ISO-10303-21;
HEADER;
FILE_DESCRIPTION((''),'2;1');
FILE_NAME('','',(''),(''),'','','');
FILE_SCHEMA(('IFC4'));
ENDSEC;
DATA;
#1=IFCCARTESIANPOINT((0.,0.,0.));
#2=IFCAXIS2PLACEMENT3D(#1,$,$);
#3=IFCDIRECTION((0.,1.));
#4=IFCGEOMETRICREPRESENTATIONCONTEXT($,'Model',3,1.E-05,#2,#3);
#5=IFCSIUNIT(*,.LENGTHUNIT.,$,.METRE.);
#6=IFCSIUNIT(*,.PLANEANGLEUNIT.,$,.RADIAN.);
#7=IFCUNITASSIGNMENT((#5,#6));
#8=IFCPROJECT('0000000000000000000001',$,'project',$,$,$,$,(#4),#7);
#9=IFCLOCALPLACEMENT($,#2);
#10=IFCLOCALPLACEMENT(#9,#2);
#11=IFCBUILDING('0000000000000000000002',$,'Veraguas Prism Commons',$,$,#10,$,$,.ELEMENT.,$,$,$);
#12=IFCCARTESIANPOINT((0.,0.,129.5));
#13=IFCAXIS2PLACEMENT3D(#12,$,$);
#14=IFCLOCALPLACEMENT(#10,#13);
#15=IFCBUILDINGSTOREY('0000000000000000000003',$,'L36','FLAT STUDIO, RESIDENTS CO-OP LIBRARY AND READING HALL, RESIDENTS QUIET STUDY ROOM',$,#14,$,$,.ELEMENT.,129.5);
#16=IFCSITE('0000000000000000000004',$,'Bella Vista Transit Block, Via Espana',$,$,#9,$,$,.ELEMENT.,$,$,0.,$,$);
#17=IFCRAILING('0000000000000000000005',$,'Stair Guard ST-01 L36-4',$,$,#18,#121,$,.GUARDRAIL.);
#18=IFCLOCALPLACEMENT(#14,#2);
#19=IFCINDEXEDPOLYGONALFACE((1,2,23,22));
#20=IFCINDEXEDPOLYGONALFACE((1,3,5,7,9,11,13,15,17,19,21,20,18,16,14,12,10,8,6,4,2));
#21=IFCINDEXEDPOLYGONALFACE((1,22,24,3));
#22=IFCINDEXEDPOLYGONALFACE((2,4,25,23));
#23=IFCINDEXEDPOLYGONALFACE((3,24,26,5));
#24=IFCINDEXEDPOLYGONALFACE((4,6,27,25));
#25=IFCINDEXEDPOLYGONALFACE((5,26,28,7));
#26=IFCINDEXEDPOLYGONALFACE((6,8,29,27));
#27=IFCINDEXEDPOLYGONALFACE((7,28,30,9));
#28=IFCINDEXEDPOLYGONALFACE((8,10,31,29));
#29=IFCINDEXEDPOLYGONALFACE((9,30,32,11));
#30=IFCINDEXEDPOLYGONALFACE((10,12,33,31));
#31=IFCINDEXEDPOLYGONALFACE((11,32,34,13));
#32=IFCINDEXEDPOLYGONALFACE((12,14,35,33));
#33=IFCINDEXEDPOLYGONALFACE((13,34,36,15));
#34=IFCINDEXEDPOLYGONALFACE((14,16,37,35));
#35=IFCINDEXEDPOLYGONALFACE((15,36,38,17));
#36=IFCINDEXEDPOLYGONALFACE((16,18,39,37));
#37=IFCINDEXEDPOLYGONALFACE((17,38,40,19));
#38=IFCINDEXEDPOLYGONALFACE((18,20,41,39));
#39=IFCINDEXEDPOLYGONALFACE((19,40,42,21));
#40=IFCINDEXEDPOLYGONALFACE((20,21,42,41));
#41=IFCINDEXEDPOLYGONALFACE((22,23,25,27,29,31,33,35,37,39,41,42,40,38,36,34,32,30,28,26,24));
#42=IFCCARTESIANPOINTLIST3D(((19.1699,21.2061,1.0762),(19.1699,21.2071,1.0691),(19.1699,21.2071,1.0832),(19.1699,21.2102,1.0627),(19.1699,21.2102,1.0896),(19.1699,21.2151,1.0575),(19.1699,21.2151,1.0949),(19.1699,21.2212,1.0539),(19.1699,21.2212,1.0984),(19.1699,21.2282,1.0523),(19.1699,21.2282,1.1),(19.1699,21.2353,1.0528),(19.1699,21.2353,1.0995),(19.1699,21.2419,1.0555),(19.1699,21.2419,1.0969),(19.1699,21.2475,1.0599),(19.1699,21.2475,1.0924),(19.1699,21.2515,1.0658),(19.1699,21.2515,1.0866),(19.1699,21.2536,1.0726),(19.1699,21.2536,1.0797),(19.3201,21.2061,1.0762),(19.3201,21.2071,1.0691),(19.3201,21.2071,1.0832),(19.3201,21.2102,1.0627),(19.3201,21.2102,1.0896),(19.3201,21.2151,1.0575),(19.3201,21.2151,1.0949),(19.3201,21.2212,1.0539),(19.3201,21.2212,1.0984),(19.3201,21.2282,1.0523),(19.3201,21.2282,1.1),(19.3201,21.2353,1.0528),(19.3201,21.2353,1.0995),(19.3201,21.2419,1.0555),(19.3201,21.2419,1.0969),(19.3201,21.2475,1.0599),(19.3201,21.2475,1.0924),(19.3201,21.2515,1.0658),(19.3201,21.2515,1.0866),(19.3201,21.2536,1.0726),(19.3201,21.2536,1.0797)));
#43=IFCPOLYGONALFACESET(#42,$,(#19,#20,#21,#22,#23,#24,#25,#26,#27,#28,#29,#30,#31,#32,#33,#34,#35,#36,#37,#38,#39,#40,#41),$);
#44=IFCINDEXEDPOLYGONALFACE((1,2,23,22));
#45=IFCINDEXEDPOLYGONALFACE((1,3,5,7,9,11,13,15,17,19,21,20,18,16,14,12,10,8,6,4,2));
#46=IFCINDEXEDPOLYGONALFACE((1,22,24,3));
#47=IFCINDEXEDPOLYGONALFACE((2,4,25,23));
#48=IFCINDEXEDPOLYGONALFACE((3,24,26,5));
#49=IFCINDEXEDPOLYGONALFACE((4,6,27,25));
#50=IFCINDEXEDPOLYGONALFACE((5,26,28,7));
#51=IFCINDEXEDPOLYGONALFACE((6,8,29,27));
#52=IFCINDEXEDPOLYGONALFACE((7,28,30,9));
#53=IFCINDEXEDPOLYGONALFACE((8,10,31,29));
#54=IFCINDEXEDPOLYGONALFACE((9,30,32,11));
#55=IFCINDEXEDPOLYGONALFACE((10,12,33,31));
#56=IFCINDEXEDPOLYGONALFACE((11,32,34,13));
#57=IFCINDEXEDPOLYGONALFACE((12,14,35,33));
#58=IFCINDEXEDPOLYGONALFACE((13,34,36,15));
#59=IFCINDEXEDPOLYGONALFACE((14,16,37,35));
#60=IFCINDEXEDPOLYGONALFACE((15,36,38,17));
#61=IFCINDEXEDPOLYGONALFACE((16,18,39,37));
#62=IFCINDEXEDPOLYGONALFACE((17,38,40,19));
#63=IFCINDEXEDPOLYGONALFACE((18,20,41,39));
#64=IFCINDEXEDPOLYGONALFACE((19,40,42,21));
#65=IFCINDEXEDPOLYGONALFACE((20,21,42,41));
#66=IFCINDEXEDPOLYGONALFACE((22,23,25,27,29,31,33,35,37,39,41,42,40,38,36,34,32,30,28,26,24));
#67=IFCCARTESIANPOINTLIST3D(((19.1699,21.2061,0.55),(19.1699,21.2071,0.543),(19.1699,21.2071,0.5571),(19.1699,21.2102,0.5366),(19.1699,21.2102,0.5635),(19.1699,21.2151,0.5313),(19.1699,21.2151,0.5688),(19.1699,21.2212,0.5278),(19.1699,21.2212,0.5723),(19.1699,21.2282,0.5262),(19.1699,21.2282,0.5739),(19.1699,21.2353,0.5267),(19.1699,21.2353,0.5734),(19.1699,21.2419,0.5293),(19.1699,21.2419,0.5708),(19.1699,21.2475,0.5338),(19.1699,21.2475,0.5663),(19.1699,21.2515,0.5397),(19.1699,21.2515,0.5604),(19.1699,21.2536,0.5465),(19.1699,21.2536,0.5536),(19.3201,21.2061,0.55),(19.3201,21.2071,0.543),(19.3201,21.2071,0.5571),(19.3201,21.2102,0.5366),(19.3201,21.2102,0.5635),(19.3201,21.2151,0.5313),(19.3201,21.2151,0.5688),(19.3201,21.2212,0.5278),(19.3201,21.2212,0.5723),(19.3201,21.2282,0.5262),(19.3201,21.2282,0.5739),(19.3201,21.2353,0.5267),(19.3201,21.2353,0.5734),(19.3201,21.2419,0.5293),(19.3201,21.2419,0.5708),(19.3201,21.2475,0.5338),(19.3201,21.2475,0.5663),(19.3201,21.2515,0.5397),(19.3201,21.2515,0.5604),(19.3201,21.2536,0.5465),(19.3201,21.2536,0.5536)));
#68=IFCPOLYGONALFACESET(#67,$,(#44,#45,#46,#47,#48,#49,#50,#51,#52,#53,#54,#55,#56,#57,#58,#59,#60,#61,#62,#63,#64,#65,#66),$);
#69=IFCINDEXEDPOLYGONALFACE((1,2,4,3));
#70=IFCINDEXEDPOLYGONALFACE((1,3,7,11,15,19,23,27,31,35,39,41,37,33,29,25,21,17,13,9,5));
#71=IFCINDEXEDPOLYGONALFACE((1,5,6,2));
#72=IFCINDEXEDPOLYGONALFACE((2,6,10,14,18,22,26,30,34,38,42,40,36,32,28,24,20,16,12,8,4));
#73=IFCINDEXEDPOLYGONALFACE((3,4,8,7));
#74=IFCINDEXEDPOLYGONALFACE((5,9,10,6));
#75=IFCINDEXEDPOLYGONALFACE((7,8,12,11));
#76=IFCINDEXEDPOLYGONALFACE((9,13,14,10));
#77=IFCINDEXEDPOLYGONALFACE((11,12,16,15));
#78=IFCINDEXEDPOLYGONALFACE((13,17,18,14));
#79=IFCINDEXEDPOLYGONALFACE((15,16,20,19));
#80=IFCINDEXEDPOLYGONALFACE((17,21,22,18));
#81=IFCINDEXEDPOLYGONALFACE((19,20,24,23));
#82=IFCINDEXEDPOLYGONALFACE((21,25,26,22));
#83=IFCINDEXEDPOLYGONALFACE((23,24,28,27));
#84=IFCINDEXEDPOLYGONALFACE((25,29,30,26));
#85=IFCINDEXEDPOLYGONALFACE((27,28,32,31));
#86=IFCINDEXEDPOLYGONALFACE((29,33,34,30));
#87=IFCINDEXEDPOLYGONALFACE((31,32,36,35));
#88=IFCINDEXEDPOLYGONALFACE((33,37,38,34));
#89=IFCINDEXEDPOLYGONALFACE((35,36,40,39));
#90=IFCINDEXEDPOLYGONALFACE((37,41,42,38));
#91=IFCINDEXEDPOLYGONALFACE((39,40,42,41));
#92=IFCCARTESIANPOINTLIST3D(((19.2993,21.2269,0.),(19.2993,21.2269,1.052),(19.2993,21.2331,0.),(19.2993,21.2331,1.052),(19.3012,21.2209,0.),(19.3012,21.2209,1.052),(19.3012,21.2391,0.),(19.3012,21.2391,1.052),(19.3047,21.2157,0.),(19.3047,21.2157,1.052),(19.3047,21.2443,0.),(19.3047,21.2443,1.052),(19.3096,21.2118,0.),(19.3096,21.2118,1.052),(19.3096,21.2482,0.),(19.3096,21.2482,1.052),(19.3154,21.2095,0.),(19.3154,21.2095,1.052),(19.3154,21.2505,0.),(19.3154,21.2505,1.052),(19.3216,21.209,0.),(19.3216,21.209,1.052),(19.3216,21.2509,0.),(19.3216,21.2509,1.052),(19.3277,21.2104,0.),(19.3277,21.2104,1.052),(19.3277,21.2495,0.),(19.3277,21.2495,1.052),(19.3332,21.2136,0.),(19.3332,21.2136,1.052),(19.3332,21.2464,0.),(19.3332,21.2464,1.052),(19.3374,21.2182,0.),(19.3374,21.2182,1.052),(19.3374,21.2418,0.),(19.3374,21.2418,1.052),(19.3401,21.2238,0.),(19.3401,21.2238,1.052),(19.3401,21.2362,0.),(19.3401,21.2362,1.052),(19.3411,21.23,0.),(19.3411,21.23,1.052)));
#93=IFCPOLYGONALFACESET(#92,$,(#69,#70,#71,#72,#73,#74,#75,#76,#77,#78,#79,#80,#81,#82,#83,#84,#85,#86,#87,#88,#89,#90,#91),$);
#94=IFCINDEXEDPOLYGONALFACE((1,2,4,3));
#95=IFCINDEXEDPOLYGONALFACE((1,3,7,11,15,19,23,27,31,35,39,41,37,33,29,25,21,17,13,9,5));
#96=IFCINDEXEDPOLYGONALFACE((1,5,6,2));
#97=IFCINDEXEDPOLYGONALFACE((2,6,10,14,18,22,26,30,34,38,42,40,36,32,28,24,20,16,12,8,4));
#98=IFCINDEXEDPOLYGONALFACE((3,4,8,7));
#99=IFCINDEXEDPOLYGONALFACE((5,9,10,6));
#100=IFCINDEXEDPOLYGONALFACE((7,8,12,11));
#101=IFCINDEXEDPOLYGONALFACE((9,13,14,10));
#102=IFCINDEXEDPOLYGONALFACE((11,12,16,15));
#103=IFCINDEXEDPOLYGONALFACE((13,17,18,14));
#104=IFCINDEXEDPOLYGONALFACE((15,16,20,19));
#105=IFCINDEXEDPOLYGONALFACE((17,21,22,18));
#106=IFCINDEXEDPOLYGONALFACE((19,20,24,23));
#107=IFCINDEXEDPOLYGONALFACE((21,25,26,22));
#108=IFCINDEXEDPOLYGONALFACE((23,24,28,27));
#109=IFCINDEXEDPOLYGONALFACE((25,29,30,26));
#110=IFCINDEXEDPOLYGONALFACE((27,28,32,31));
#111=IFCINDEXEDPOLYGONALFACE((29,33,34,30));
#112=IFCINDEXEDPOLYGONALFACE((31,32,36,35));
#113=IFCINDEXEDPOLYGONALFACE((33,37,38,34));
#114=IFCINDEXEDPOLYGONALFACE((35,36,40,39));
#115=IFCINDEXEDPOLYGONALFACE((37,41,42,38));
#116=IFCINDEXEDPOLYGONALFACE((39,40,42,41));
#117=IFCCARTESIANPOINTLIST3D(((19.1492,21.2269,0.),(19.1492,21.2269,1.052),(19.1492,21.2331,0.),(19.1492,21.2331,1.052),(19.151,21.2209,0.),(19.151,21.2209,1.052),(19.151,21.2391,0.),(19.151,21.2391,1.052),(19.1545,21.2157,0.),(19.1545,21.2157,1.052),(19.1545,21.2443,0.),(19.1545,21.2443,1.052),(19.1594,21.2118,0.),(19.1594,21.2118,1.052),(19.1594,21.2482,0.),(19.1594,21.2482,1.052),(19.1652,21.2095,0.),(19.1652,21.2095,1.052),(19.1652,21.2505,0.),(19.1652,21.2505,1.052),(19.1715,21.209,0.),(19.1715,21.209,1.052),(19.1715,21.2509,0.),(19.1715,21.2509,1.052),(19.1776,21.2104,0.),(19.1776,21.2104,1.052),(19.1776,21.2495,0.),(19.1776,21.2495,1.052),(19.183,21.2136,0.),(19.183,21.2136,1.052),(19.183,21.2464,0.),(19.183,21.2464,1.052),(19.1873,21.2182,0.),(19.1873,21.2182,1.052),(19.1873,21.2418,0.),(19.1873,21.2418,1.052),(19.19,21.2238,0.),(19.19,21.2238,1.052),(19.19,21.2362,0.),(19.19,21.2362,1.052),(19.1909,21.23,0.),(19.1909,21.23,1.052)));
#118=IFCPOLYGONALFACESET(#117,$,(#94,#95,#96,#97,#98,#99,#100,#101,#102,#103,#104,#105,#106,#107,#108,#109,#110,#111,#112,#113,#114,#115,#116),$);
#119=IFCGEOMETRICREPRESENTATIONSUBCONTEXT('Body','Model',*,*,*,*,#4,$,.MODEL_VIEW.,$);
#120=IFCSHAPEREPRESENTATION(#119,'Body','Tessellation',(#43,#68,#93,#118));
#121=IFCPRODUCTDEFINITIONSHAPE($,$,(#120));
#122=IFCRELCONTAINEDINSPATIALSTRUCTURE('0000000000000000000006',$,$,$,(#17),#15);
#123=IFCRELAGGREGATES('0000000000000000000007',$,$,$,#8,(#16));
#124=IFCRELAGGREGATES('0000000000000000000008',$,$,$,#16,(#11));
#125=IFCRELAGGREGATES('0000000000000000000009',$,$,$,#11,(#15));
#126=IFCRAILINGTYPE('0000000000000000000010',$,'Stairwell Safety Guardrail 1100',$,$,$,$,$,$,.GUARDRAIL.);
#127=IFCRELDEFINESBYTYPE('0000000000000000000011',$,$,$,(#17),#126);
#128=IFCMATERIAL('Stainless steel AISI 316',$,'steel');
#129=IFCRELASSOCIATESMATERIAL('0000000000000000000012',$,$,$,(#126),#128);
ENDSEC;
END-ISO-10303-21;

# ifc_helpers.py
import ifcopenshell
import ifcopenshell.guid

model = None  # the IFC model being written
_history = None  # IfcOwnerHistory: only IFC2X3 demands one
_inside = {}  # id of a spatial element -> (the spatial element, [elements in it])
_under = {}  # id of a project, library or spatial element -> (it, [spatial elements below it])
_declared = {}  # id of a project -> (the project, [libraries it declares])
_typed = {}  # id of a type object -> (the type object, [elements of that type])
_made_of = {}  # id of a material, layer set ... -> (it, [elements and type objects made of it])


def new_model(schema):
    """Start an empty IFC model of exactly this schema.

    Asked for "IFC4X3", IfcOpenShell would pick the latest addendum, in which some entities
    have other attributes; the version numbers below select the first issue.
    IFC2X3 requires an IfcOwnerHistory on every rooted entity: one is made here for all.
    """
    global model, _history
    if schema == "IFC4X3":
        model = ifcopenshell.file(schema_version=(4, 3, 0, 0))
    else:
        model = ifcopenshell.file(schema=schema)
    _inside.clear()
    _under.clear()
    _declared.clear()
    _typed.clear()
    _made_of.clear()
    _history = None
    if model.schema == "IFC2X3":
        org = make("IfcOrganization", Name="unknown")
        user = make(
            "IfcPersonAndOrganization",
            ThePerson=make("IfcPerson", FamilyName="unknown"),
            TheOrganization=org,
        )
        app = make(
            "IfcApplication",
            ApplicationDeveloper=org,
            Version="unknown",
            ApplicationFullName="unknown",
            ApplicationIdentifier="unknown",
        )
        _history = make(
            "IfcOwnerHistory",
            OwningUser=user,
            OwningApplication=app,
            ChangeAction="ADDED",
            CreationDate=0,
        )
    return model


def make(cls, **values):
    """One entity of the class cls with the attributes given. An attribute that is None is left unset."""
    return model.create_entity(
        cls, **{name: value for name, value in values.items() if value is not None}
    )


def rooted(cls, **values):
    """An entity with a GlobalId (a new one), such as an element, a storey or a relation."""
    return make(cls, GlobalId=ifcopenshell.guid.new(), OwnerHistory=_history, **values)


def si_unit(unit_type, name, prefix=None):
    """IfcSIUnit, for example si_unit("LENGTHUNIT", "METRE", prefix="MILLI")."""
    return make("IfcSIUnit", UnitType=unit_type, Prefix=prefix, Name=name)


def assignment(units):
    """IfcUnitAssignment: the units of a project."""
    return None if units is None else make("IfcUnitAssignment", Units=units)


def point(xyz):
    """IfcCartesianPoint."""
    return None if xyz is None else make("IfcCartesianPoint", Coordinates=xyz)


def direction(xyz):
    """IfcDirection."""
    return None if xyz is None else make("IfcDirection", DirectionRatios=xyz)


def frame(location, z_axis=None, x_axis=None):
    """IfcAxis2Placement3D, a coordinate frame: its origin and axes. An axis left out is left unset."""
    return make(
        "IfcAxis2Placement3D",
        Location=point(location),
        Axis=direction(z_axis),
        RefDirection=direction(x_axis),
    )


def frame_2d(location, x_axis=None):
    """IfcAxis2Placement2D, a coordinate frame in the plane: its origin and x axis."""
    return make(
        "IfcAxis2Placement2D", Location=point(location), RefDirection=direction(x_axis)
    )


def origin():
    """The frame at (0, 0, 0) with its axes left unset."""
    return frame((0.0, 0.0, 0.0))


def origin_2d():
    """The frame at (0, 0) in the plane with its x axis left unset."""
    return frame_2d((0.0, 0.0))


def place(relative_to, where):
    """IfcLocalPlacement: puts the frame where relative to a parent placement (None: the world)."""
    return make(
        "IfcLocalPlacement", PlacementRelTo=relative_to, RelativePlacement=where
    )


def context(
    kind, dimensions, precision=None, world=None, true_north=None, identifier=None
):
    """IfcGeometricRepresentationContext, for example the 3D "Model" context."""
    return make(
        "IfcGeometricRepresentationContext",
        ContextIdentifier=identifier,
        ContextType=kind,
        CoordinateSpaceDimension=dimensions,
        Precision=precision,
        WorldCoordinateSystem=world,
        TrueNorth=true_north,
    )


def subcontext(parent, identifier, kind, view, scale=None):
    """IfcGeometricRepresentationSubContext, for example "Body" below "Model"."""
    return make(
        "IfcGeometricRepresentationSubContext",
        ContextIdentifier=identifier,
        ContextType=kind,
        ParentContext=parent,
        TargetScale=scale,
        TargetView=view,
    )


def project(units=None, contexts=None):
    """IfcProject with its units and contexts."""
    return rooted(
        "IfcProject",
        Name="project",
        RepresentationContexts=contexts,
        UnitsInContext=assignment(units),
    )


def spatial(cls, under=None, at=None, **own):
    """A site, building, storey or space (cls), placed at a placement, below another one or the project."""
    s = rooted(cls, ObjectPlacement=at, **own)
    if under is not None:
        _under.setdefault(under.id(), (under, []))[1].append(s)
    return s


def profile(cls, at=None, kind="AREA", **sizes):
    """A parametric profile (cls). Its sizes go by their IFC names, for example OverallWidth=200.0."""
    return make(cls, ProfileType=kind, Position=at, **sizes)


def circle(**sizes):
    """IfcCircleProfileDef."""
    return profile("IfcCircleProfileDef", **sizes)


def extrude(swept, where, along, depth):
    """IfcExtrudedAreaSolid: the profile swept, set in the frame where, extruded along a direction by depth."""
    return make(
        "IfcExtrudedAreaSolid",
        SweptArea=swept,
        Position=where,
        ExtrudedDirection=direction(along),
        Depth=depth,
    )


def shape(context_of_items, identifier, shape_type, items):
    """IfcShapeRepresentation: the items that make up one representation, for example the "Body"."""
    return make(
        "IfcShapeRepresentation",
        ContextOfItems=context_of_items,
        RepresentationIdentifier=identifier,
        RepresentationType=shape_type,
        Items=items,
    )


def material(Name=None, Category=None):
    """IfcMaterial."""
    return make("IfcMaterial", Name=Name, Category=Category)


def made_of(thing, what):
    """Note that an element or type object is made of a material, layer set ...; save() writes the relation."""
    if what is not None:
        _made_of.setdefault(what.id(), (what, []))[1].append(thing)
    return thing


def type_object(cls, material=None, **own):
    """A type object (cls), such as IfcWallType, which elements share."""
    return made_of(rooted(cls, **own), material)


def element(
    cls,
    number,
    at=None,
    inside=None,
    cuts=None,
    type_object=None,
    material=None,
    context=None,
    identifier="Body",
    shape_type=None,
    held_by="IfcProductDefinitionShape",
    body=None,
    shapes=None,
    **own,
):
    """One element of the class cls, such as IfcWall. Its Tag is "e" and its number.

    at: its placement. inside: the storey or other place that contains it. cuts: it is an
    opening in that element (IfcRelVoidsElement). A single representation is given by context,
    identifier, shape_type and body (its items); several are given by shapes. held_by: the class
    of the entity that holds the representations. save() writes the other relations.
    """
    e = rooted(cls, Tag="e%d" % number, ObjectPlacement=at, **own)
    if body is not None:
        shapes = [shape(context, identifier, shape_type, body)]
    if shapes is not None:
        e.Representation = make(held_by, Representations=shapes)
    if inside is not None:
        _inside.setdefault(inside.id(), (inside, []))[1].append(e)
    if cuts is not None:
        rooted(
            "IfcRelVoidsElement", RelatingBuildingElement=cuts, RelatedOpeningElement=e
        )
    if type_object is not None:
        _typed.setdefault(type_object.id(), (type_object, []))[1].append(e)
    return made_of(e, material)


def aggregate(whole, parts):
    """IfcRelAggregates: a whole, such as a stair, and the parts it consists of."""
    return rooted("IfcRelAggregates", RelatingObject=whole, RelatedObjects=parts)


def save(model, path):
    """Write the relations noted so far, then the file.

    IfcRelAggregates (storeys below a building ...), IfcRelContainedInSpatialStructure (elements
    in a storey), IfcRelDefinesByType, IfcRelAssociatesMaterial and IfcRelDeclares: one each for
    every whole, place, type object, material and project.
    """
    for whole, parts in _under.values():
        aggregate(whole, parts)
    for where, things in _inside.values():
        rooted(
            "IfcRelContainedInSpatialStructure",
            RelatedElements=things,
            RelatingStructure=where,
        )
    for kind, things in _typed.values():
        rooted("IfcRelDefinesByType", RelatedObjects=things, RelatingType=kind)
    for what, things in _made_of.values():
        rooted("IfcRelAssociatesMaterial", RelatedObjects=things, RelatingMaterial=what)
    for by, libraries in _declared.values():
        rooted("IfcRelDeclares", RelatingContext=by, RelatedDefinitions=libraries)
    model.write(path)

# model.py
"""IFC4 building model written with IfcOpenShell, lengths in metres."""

from ifc_helpers import new_model, si_unit, direction, frame, origin, origin_2d, place, context, subcontext, project, spatial, circle, extrude, material, type_object, element, save


model = new_model("IFC4")

# Units and contexts
model_context = context("Model", 3, precision=1e-05, world=origin(), true_north=direction((0.0, 1.0)))
body_context = subcontext(model_context, "Body", "Model", "MODEL_VIEW")
ifc_project = project(units=[si_unit("LENGTHUNIT", "METRE"), si_unit("PLANEANGLEUNIT", "RADIAN")], contexts=[model_context])

# Site, building, storey
site_placement = place(None, origin())
site = spatial("IfcSite", under=ifc_project, at=site_placement, Name="Bella Vista Transit Block, Via Espana", CompositionType="ELEMENT", RefElevation=0.0)
building_placement = place(site_placement, origin())
building = spatial("IfcBuilding", under=site, at=building_placement, Name="Veraguas Prism Commons", CompositionType="ELEMENT")
storey_placement = place(building_placement, frame((0.0, 0.0, 129.5)))
storey = spatial("IfcBuildingStorey", under=building, at=storey_placement, Name="L36", Description="FLAT STUDIO, RESIDENTS CO-OP LIBRARY AND READING HALL, RESIDENTS QUIET STUDY ROOM", CompositionType="ELEMENT", Elevation=129.5)

# Railing
ifc_material_1 = material(Name="Stainless steel AISI 316", Category="steel")
railing_type_1 = type_object("IfcRailingType", Name="Stairwell Safety Guardrail 1100", PredefinedType="GUARDRAIL", material=ifc_material_1)
railing_1_placement = place(storey_placement, frame((19.3201, 21.23, 0.0)))
element("IfcRailing", 1, at=railing_1_placement, inside=storey, type_object=railing_type_1, Name="Stair Guard ST-01 L36-4", PredefinedType="GUARDRAIL", context=body_context, shape_type="SweptSolid", body=[
    extrude(circle(Radius=0.0239, at=origin_2d()), frame((0.0, 0.0, 1.0762), z_axis=(-1.0, 0.0, 0.0), x_axis=(0.0, -1.0, 0.0)), (0.0, 0.0, 1.0), 0.1501),
    extrude(circle(Radius=0.0239, at=origin_2d()), frame((0.0, 0.0, 0.55), z_axis=(-1.0, 0.0, 0.0), x_axis=(0.0, -1.0, 0.0)), (0.0, 0.0, 1.0), 0.1501),
    extrude(circle(Radius=0.021, at=origin_2d()), origin(), (0.0, 0.0, 1.0), 1.052),
    extrude(circle(Radius=0.021, at=origin_2d()), frame((-0.1501, 0.0, 0.0)), (0.0, 0.0, 1.0), 1.052),
])

save(model, "model.ifc")
